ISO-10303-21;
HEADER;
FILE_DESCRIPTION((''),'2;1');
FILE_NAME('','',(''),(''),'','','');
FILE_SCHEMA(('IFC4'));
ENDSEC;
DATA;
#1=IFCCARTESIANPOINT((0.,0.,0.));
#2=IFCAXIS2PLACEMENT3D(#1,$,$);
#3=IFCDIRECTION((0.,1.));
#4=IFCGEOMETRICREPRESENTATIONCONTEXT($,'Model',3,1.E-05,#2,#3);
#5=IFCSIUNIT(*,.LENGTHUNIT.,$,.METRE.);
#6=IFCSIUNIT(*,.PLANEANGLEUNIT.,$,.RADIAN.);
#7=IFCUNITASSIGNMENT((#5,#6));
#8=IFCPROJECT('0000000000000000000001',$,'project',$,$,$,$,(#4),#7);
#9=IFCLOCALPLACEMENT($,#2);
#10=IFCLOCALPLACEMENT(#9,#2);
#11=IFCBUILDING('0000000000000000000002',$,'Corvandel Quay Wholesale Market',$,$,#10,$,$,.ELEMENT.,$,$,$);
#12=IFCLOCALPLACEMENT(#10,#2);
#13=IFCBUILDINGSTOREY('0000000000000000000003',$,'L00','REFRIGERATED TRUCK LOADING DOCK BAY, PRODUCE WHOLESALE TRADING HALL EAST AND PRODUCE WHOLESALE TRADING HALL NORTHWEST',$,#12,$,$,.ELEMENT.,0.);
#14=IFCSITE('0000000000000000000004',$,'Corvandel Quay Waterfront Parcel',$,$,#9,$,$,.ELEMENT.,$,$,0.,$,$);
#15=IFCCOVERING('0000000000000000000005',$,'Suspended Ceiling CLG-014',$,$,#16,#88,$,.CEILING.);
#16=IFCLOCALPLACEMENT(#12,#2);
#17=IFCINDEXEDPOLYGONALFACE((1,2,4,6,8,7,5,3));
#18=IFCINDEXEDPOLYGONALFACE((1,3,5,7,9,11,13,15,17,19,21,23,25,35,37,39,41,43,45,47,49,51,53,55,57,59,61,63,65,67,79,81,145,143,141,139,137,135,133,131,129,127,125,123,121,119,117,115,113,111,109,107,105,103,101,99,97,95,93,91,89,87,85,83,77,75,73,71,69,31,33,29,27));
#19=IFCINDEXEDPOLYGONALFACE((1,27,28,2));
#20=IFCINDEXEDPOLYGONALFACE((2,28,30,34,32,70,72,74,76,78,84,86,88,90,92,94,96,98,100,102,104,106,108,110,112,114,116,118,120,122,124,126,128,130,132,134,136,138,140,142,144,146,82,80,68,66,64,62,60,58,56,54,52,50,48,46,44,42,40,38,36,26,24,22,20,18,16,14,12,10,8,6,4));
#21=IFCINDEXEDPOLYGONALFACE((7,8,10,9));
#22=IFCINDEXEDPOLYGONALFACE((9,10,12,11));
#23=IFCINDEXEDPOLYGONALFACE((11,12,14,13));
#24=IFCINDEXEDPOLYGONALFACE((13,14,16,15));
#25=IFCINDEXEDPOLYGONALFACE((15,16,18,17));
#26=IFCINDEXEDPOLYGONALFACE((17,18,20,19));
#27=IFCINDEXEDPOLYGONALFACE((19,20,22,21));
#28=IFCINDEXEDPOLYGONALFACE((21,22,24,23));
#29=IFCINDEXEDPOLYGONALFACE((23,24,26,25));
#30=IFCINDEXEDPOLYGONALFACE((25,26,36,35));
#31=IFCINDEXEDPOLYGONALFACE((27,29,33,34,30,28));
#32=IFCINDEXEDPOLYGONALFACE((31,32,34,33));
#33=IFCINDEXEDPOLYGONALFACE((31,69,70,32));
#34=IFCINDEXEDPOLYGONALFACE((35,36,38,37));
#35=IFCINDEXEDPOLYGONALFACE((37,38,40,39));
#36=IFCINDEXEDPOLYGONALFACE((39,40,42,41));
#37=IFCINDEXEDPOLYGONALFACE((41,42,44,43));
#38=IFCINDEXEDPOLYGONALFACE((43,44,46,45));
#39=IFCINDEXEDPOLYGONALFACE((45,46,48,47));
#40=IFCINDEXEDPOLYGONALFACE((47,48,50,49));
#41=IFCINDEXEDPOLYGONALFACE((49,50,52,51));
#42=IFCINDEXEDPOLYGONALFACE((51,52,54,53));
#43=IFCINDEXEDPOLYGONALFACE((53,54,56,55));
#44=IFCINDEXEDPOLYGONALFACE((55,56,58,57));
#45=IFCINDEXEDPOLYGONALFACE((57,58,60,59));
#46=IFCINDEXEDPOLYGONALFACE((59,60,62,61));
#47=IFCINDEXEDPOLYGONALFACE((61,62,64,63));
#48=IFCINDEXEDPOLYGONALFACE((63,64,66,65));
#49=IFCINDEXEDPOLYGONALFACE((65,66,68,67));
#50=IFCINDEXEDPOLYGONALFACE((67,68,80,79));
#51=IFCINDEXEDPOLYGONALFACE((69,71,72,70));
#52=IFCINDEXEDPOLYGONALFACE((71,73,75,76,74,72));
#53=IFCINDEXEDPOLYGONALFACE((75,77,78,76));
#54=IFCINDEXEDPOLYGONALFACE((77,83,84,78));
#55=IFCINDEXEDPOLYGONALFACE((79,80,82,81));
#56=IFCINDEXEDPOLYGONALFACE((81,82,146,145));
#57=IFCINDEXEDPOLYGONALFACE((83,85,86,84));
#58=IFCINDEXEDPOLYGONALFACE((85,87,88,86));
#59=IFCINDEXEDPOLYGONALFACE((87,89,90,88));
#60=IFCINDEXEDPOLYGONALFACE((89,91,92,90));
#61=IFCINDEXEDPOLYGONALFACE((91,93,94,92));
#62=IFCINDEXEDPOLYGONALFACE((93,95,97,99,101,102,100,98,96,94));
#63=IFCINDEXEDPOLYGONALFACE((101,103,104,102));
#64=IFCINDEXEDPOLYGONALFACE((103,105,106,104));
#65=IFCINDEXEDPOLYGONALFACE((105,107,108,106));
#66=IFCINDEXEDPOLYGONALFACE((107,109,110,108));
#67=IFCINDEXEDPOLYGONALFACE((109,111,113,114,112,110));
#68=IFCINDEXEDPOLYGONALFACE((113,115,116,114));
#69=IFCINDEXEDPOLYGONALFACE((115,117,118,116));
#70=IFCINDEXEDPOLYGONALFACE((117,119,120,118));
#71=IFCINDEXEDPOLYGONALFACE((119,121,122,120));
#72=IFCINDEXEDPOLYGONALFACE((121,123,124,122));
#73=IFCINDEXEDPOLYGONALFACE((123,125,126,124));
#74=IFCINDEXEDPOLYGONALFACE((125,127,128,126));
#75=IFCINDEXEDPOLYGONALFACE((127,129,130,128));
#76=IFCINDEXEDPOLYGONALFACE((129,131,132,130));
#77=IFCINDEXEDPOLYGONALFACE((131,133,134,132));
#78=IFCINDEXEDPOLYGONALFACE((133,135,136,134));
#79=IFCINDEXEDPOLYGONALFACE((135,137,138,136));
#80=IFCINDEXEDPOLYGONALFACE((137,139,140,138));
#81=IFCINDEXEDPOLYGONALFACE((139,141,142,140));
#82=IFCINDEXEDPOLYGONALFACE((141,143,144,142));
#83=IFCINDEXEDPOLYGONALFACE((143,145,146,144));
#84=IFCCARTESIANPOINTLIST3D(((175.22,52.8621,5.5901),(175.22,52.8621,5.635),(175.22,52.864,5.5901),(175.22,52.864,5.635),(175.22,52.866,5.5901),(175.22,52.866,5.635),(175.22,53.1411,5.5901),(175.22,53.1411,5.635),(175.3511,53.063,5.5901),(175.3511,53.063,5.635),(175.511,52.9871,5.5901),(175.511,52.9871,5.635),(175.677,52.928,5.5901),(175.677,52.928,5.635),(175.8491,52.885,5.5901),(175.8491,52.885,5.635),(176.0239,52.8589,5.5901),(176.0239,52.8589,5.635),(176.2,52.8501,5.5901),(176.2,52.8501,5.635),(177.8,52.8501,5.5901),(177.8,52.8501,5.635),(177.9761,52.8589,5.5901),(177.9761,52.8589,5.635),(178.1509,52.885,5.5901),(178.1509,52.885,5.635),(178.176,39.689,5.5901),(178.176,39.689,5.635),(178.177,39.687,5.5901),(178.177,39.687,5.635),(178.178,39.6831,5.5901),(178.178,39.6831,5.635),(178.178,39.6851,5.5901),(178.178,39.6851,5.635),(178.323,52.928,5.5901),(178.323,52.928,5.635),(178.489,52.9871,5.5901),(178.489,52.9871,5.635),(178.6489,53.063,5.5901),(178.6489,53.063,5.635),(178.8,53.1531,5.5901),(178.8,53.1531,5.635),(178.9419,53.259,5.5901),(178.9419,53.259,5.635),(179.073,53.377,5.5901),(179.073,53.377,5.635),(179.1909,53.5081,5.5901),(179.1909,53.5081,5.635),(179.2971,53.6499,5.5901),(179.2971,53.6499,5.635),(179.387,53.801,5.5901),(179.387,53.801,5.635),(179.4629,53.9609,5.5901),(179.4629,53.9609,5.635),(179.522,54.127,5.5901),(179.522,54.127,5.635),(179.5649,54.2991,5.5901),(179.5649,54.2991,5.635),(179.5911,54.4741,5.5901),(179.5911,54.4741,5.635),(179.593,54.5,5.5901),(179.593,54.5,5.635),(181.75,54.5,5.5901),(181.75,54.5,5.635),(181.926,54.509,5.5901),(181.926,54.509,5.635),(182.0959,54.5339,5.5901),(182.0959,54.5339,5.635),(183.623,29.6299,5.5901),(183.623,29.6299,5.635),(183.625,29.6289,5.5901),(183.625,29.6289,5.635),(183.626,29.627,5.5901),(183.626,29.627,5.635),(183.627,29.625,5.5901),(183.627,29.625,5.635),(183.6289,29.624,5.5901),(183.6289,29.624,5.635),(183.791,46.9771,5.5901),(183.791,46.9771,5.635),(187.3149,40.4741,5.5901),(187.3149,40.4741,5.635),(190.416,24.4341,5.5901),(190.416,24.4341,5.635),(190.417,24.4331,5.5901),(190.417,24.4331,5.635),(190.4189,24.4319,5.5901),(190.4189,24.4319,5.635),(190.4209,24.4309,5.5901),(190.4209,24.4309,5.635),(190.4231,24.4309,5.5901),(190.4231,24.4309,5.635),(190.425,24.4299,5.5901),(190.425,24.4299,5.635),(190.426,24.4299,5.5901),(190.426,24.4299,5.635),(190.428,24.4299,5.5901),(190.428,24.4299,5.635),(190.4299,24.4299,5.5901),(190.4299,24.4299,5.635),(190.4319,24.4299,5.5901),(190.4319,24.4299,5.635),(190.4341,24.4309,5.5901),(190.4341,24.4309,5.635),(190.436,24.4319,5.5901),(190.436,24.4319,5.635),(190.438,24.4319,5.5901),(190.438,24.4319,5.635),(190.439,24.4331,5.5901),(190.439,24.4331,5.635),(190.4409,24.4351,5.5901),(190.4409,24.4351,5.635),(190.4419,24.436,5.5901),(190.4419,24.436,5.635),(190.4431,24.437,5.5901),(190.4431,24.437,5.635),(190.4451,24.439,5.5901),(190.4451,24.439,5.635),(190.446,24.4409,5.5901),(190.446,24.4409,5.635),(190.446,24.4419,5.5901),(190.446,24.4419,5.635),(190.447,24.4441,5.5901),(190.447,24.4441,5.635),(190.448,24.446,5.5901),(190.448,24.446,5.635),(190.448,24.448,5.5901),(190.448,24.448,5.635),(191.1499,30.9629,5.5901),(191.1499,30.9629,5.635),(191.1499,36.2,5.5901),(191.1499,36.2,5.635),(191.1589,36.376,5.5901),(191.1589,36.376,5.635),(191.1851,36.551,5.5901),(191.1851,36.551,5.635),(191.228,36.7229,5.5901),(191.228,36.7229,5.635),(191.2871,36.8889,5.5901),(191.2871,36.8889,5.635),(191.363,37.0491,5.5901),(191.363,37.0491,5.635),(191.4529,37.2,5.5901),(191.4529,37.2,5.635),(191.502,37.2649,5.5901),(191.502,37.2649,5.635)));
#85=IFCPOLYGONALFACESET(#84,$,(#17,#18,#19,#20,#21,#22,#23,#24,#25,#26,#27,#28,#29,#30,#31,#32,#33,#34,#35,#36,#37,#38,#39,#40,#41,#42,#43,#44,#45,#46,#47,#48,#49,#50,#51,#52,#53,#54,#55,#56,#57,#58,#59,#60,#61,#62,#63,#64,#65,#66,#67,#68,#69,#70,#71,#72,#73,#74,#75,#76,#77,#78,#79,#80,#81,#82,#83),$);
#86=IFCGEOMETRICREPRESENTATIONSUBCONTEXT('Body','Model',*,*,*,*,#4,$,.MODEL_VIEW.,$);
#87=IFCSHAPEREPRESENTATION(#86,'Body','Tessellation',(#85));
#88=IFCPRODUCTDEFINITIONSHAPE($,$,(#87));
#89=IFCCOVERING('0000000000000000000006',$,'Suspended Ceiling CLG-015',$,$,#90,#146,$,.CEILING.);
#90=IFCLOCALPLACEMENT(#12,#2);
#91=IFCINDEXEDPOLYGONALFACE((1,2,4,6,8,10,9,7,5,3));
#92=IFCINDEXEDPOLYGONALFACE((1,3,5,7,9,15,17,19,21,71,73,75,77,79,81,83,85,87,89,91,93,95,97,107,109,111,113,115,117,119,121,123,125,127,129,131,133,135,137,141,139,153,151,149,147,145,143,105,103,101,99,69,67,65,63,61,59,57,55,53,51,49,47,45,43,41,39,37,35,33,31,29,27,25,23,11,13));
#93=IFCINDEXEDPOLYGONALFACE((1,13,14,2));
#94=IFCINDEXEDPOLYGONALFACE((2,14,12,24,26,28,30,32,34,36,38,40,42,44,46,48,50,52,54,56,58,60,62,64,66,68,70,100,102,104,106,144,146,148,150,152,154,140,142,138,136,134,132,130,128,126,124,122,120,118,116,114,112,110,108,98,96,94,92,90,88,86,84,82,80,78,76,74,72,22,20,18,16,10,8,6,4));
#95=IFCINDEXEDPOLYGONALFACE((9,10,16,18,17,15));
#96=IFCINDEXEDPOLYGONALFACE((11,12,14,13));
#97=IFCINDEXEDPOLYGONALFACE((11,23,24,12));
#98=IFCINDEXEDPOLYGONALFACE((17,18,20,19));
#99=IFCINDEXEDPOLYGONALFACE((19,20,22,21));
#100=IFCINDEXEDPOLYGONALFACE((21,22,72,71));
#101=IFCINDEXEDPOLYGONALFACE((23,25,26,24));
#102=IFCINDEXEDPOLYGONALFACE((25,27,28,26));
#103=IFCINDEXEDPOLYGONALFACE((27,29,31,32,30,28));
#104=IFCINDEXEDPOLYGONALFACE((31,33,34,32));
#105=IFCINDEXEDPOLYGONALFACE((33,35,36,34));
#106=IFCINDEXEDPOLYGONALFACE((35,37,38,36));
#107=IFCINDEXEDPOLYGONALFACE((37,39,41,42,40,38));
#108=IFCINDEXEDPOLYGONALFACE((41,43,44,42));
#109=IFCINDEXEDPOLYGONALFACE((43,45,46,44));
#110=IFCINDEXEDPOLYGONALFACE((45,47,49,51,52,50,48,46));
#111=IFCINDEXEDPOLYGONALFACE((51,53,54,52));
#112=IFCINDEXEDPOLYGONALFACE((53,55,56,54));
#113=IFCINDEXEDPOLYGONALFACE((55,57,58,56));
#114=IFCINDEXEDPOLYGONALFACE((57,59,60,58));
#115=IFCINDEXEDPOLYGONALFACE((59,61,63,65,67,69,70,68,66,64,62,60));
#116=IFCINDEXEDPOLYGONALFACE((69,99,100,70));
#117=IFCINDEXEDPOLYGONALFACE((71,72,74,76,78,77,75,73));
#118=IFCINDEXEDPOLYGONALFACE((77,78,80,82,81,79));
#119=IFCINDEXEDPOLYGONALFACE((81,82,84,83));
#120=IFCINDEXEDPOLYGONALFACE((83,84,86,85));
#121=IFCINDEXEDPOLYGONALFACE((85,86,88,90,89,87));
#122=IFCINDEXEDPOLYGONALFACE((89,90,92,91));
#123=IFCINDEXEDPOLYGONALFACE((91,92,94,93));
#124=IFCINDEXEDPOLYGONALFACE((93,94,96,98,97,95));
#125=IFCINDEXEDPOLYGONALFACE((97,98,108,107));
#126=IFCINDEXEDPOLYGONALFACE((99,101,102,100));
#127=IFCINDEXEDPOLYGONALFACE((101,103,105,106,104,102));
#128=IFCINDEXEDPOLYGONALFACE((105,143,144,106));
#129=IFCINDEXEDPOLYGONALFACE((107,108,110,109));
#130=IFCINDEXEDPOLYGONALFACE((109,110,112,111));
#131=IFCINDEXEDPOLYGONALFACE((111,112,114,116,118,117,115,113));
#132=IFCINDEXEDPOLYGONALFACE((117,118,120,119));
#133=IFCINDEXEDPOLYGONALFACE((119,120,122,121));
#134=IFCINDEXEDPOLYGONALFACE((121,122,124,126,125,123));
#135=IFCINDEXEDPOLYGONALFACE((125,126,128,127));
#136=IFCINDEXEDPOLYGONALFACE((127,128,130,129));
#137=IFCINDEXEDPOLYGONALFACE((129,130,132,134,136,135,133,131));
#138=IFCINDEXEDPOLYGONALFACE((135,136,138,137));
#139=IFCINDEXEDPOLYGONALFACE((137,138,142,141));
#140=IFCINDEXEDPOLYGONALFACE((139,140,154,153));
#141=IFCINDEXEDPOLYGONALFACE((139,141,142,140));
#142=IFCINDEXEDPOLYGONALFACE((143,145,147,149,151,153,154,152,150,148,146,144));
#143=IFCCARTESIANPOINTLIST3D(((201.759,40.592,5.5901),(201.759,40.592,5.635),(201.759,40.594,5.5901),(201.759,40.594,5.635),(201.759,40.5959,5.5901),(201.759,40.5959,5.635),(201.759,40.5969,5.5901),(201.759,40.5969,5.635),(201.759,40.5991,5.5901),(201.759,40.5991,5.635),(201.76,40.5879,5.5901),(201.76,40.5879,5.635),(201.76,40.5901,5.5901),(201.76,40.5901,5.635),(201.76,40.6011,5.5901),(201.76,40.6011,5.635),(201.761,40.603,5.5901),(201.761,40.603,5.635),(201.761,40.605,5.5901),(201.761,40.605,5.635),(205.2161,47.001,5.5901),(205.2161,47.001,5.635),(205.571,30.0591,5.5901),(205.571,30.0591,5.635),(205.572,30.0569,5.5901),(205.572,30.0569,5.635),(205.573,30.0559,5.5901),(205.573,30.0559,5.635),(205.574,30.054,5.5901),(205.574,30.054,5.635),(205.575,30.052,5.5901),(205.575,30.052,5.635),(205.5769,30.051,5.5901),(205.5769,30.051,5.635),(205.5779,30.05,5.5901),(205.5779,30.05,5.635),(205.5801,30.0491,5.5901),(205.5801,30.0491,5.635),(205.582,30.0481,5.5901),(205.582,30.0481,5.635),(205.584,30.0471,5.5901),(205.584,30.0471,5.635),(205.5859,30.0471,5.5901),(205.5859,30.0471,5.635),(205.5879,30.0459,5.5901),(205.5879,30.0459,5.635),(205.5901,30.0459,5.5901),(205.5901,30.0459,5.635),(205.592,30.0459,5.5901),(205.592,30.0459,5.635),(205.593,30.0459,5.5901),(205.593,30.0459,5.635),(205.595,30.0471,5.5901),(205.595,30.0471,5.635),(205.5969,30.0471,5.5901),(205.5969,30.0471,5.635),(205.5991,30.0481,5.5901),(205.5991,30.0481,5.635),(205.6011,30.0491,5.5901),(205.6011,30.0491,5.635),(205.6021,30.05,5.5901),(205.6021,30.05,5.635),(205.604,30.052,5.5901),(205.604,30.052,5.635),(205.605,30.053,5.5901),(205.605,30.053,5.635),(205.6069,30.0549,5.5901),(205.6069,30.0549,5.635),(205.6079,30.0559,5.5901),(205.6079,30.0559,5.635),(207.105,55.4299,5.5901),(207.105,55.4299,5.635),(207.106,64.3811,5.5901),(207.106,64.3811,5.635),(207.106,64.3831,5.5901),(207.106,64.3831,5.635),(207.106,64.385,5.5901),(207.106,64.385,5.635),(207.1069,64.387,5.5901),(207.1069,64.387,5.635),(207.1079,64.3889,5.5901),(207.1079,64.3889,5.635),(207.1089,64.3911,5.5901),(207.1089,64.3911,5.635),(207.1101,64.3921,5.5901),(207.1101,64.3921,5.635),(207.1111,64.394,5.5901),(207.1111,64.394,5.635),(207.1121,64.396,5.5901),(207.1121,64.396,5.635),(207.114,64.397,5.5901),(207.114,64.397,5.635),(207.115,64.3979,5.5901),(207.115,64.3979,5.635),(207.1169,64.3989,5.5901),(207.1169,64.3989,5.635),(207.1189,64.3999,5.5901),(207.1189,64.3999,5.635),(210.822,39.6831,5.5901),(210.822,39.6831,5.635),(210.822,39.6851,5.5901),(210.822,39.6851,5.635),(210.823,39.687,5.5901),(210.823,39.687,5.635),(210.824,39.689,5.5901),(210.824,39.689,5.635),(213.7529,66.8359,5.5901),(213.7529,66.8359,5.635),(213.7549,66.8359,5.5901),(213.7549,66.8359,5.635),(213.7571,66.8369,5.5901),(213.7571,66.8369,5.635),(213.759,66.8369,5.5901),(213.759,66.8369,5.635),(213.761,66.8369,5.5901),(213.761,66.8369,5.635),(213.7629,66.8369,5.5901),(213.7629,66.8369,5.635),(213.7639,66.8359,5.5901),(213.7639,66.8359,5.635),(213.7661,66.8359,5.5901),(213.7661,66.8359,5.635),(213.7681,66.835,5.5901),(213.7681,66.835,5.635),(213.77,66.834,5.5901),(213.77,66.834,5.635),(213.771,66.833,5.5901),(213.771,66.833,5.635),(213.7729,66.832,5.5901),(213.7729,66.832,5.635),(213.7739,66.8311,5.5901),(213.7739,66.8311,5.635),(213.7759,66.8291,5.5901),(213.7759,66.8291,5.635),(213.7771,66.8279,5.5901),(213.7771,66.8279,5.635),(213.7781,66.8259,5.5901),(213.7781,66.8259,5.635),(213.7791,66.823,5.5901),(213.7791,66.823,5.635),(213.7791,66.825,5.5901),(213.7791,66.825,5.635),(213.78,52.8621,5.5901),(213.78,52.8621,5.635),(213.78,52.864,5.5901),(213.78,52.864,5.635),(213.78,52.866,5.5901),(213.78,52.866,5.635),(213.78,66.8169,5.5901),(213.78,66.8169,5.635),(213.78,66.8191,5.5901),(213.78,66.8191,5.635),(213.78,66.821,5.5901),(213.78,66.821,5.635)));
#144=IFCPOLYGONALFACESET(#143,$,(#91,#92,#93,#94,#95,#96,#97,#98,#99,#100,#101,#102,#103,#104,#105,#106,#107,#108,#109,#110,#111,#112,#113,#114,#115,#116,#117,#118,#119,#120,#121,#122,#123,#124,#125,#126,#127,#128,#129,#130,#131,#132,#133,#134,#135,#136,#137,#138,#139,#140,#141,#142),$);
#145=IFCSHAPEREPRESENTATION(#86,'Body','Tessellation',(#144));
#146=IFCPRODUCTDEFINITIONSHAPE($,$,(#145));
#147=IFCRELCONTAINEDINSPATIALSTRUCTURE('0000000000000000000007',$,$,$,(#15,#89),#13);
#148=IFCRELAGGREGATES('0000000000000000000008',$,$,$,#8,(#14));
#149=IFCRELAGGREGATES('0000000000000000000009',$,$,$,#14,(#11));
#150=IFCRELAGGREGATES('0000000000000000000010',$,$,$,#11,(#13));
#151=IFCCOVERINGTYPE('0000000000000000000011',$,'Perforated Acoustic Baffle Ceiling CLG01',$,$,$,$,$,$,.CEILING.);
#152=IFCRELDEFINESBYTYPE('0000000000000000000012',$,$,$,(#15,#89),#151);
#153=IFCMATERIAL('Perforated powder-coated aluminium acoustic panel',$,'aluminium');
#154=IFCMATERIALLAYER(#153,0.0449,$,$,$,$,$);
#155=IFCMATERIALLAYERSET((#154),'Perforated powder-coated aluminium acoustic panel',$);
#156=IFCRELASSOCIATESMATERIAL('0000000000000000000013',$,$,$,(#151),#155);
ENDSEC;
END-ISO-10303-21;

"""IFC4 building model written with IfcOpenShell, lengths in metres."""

from ifc_helpers import new_model, si_unit, direction, frame, origin, place, context, subcontext, project, spatial, polyline, outline, extrude, material, layer, layer_set, type_object, element, save


model = new_model("IFC4")

# Units and contexts
model_context = context("Model", 3, precision=1e-05, world=origin(), true_north=direction((0.0, 1.0)))
body_context = subcontext(model_context, "Body", "Model", "MODEL_VIEW")
ifc_project = project(units=[si_unit("LENGTHUNIT", "METRE"), si_unit("PLANEANGLEUNIT", "RADIAN")], contexts=[model_context])

# Site, building, storey
site_placement = place(None, origin())
site = spatial("IfcSite", under=ifc_project, at=site_placement, Name="Corvandel Quay Waterfront Parcel", CompositionType="ELEMENT", RefElevation=0.0)
building_placement = place(site_placement, origin())
building = spatial("IfcBuilding", under=site, at=building_placement, Name="Corvandel Quay Wholesale Market", CompositionType="ELEMENT")
storey_placement = place(building_placement, origin())
storey = spatial("IfcBuildingStorey", under=building, at=storey_placement, Name="L00", Description="REFRIGERATED TRUCK LOADING DOCK BAY, PRODUCE WHOLESALE TRADING HALL EAST AND PRODUCE WHOLESALE TRADING HALL NORTHWEST", CompositionType="ELEMENT", Elevation=0.0)

# Coverings
ifc_material_1 = material(Name="Perforated powder-coated aluminium acoustic panel", Category="aluminium")
ifc_layer_1 = layer(ifc_material_1, 0.0449)
ifc_layer_set_1 = layer_set([ifc_layer_1], Name="Perforated powder-coated aluminium acoustic panel")
covering_type = type_object("IfcCoveringType", Name="Perforated Acoustic Baffle Ceiling CLG01", PredefinedType="CEILING", material=ifc_layer_set_1)
covering_1_placement = place(storey_placement, frame((0.0, 0.0, 5.5901)))
element("IfcCovering", 1, at=covering_1_placement, inside=storey, type_object=covering_type, Name="Suspended Ceiling CLG-014", PredefinedType="CEILING", context=body_context, shape_type="SweptSolid", body=[
    extrude(outline(polyline([(183.627, 29.625), (183.626, 29.627), (183.625, 29.6289), (183.623, 29.6299), (178.178, 39.6831), (178.178, 39.6851), (178.177, 39.687), (178.176, 39.689), (175.22, 52.8621), (175.22, 52.864), (175.22, 52.866), (175.22, 53.1411), (175.3511, 53.063), (175.511, 52.9871), (175.677, 52.928), (175.8491, 52.885), (176.0239, 52.8589), (176.2, 52.8501), (177.8, 52.8501), (177.9761, 52.8589), (178.1509, 52.885), (178.323, 52.928), (178.489, 52.9871), (178.6489, 53.063), (178.8, 53.1531), (178.9419, 53.259), (179.073, 53.377), (179.1909, 53.5081), (179.2971, 53.6499), (179.387, 53.801), (179.4629, 53.9609), (179.522, 54.127), (179.5649, 54.2991), (179.5911, 54.4741), (179.593, 54.5), (181.75, 54.5), (181.926, 54.509), (182.0959, 54.5339), (183.791, 46.9771), (187.3149, 40.4741), (191.502, 37.2649), (191.4529, 37.2), (191.363, 37.0491), (191.2871, 36.8889), (191.228, 36.7229), (191.1851, 36.551), (191.1589, 36.376), (191.1499, 36.2), (191.1499, 30.9629), (190.448, 24.448), (190.448, 24.446), (190.447, 24.4441), (190.446, 24.4419), (190.446, 24.4409), (190.4451, 24.439), (190.4431, 24.437), (190.4419, 24.436), (190.4409, 24.4351), (190.439, 24.4331), (190.438, 24.4319), (190.436, 24.4319), (190.4341, 24.4309), (190.4319, 24.4299), (190.4299, 24.4299), (190.428, 24.4299), (190.426, 24.4299), (190.425, 24.4299), (190.4231, 24.4309), (190.4209, 24.4309), (190.4189, 24.4319), (190.417, 24.4331), (190.416, 24.4341), (183.6289, 29.624), (183.627, 29.625)])), origin(), (0.0, 0.0, 1.0), 0.0449),
])
covering_2_placement = place(storey_placement, frame((0.0, 0.0, 5.5901)))
element("IfcCovering", 2, at=covering_2_placement, inside=storey, type_object=covering_type, Name="Suspended Ceiling CLG-015", PredefinedType="CEILING", context=body_context, shape_type="SweptSolid", body=[
    extrude(outline(polyline([(201.76, 40.5901), (201.759, 40.592), (201.759, 40.594), (201.759, 40.5959), (201.759, 40.5969), (201.759, 40.5991), (201.76, 40.6011), (201.761, 40.603), (201.761, 40.605), (205.2161, 47.001), (207.105, 55.4299), (207.106, 64.3811), (207.106, 64.3831), (207.106, 64.385), (207.1069, 64.387), (207.1079, 64.3889), (207.1089, 64.3911), (207.1101, 64.3921), (207.1111, 64.394), (207.1121, 64.396), (207.114, 64.397), (207.115, 64.3979), (207.1169, 64.3989), (207.1189, 64.3999), (213.7529, 66.8359), (213.7549, 66.8359), (213.7571, 66.8369), (213.759, 66.8369), (213.761, 66.8369), (213.7629, 66.8369), (213.7639, 66.8359), (213.7661, 66.8359), (213.7681, 66.835), (213.77, 66.834), (213.771, 66.833), (213.7729, 66.832), (213.7739, 66.8311), (213.7759, 66.8291), (213.7771, 66.8279), (213.7781, 66.8259), (213.7791, 66.825), (213.7791, 66.823), (213.78, 66.821), (213.78, 66.8191), (213.78, 66.8169), (213.78, 52.866), (213.78, 52.864), (213.78, 52.8621), (210.824, 39.689), (210.823, 39.687), (210.822, 39.6851), (210.822, 39.6831), (205.6079, 30.0559), (205.6069, 30.0549), (205.605, 30.053), (205.604, 30.052), (205.6021, 30.05), (205.6011, 30.0491), (205.5991, 30.0481), (205.5969, 30.0471), (205.595, 30.0471), (205.593, 30.0459), (205.592, 30.0459), (205.5901, 30.0459), (205.5879, 30.0459), (205.5859, 30.0471), (205.584, 30.0471), (205.582, 30.0481), (205.5801, 30.0491), (205.5779, 30.05), (205.5769, 30.051), (205.575, 30.052), (205.574, 30.054), (205.573, 30.0559), (205.572, 30.0569), (205.571, 30.0591), (201.76, 40.5879), (201.76, 40.5901)])), origin(), (0.0, 0.0, 1.0), 0.0449),
])

save(model, "model.ifc")
